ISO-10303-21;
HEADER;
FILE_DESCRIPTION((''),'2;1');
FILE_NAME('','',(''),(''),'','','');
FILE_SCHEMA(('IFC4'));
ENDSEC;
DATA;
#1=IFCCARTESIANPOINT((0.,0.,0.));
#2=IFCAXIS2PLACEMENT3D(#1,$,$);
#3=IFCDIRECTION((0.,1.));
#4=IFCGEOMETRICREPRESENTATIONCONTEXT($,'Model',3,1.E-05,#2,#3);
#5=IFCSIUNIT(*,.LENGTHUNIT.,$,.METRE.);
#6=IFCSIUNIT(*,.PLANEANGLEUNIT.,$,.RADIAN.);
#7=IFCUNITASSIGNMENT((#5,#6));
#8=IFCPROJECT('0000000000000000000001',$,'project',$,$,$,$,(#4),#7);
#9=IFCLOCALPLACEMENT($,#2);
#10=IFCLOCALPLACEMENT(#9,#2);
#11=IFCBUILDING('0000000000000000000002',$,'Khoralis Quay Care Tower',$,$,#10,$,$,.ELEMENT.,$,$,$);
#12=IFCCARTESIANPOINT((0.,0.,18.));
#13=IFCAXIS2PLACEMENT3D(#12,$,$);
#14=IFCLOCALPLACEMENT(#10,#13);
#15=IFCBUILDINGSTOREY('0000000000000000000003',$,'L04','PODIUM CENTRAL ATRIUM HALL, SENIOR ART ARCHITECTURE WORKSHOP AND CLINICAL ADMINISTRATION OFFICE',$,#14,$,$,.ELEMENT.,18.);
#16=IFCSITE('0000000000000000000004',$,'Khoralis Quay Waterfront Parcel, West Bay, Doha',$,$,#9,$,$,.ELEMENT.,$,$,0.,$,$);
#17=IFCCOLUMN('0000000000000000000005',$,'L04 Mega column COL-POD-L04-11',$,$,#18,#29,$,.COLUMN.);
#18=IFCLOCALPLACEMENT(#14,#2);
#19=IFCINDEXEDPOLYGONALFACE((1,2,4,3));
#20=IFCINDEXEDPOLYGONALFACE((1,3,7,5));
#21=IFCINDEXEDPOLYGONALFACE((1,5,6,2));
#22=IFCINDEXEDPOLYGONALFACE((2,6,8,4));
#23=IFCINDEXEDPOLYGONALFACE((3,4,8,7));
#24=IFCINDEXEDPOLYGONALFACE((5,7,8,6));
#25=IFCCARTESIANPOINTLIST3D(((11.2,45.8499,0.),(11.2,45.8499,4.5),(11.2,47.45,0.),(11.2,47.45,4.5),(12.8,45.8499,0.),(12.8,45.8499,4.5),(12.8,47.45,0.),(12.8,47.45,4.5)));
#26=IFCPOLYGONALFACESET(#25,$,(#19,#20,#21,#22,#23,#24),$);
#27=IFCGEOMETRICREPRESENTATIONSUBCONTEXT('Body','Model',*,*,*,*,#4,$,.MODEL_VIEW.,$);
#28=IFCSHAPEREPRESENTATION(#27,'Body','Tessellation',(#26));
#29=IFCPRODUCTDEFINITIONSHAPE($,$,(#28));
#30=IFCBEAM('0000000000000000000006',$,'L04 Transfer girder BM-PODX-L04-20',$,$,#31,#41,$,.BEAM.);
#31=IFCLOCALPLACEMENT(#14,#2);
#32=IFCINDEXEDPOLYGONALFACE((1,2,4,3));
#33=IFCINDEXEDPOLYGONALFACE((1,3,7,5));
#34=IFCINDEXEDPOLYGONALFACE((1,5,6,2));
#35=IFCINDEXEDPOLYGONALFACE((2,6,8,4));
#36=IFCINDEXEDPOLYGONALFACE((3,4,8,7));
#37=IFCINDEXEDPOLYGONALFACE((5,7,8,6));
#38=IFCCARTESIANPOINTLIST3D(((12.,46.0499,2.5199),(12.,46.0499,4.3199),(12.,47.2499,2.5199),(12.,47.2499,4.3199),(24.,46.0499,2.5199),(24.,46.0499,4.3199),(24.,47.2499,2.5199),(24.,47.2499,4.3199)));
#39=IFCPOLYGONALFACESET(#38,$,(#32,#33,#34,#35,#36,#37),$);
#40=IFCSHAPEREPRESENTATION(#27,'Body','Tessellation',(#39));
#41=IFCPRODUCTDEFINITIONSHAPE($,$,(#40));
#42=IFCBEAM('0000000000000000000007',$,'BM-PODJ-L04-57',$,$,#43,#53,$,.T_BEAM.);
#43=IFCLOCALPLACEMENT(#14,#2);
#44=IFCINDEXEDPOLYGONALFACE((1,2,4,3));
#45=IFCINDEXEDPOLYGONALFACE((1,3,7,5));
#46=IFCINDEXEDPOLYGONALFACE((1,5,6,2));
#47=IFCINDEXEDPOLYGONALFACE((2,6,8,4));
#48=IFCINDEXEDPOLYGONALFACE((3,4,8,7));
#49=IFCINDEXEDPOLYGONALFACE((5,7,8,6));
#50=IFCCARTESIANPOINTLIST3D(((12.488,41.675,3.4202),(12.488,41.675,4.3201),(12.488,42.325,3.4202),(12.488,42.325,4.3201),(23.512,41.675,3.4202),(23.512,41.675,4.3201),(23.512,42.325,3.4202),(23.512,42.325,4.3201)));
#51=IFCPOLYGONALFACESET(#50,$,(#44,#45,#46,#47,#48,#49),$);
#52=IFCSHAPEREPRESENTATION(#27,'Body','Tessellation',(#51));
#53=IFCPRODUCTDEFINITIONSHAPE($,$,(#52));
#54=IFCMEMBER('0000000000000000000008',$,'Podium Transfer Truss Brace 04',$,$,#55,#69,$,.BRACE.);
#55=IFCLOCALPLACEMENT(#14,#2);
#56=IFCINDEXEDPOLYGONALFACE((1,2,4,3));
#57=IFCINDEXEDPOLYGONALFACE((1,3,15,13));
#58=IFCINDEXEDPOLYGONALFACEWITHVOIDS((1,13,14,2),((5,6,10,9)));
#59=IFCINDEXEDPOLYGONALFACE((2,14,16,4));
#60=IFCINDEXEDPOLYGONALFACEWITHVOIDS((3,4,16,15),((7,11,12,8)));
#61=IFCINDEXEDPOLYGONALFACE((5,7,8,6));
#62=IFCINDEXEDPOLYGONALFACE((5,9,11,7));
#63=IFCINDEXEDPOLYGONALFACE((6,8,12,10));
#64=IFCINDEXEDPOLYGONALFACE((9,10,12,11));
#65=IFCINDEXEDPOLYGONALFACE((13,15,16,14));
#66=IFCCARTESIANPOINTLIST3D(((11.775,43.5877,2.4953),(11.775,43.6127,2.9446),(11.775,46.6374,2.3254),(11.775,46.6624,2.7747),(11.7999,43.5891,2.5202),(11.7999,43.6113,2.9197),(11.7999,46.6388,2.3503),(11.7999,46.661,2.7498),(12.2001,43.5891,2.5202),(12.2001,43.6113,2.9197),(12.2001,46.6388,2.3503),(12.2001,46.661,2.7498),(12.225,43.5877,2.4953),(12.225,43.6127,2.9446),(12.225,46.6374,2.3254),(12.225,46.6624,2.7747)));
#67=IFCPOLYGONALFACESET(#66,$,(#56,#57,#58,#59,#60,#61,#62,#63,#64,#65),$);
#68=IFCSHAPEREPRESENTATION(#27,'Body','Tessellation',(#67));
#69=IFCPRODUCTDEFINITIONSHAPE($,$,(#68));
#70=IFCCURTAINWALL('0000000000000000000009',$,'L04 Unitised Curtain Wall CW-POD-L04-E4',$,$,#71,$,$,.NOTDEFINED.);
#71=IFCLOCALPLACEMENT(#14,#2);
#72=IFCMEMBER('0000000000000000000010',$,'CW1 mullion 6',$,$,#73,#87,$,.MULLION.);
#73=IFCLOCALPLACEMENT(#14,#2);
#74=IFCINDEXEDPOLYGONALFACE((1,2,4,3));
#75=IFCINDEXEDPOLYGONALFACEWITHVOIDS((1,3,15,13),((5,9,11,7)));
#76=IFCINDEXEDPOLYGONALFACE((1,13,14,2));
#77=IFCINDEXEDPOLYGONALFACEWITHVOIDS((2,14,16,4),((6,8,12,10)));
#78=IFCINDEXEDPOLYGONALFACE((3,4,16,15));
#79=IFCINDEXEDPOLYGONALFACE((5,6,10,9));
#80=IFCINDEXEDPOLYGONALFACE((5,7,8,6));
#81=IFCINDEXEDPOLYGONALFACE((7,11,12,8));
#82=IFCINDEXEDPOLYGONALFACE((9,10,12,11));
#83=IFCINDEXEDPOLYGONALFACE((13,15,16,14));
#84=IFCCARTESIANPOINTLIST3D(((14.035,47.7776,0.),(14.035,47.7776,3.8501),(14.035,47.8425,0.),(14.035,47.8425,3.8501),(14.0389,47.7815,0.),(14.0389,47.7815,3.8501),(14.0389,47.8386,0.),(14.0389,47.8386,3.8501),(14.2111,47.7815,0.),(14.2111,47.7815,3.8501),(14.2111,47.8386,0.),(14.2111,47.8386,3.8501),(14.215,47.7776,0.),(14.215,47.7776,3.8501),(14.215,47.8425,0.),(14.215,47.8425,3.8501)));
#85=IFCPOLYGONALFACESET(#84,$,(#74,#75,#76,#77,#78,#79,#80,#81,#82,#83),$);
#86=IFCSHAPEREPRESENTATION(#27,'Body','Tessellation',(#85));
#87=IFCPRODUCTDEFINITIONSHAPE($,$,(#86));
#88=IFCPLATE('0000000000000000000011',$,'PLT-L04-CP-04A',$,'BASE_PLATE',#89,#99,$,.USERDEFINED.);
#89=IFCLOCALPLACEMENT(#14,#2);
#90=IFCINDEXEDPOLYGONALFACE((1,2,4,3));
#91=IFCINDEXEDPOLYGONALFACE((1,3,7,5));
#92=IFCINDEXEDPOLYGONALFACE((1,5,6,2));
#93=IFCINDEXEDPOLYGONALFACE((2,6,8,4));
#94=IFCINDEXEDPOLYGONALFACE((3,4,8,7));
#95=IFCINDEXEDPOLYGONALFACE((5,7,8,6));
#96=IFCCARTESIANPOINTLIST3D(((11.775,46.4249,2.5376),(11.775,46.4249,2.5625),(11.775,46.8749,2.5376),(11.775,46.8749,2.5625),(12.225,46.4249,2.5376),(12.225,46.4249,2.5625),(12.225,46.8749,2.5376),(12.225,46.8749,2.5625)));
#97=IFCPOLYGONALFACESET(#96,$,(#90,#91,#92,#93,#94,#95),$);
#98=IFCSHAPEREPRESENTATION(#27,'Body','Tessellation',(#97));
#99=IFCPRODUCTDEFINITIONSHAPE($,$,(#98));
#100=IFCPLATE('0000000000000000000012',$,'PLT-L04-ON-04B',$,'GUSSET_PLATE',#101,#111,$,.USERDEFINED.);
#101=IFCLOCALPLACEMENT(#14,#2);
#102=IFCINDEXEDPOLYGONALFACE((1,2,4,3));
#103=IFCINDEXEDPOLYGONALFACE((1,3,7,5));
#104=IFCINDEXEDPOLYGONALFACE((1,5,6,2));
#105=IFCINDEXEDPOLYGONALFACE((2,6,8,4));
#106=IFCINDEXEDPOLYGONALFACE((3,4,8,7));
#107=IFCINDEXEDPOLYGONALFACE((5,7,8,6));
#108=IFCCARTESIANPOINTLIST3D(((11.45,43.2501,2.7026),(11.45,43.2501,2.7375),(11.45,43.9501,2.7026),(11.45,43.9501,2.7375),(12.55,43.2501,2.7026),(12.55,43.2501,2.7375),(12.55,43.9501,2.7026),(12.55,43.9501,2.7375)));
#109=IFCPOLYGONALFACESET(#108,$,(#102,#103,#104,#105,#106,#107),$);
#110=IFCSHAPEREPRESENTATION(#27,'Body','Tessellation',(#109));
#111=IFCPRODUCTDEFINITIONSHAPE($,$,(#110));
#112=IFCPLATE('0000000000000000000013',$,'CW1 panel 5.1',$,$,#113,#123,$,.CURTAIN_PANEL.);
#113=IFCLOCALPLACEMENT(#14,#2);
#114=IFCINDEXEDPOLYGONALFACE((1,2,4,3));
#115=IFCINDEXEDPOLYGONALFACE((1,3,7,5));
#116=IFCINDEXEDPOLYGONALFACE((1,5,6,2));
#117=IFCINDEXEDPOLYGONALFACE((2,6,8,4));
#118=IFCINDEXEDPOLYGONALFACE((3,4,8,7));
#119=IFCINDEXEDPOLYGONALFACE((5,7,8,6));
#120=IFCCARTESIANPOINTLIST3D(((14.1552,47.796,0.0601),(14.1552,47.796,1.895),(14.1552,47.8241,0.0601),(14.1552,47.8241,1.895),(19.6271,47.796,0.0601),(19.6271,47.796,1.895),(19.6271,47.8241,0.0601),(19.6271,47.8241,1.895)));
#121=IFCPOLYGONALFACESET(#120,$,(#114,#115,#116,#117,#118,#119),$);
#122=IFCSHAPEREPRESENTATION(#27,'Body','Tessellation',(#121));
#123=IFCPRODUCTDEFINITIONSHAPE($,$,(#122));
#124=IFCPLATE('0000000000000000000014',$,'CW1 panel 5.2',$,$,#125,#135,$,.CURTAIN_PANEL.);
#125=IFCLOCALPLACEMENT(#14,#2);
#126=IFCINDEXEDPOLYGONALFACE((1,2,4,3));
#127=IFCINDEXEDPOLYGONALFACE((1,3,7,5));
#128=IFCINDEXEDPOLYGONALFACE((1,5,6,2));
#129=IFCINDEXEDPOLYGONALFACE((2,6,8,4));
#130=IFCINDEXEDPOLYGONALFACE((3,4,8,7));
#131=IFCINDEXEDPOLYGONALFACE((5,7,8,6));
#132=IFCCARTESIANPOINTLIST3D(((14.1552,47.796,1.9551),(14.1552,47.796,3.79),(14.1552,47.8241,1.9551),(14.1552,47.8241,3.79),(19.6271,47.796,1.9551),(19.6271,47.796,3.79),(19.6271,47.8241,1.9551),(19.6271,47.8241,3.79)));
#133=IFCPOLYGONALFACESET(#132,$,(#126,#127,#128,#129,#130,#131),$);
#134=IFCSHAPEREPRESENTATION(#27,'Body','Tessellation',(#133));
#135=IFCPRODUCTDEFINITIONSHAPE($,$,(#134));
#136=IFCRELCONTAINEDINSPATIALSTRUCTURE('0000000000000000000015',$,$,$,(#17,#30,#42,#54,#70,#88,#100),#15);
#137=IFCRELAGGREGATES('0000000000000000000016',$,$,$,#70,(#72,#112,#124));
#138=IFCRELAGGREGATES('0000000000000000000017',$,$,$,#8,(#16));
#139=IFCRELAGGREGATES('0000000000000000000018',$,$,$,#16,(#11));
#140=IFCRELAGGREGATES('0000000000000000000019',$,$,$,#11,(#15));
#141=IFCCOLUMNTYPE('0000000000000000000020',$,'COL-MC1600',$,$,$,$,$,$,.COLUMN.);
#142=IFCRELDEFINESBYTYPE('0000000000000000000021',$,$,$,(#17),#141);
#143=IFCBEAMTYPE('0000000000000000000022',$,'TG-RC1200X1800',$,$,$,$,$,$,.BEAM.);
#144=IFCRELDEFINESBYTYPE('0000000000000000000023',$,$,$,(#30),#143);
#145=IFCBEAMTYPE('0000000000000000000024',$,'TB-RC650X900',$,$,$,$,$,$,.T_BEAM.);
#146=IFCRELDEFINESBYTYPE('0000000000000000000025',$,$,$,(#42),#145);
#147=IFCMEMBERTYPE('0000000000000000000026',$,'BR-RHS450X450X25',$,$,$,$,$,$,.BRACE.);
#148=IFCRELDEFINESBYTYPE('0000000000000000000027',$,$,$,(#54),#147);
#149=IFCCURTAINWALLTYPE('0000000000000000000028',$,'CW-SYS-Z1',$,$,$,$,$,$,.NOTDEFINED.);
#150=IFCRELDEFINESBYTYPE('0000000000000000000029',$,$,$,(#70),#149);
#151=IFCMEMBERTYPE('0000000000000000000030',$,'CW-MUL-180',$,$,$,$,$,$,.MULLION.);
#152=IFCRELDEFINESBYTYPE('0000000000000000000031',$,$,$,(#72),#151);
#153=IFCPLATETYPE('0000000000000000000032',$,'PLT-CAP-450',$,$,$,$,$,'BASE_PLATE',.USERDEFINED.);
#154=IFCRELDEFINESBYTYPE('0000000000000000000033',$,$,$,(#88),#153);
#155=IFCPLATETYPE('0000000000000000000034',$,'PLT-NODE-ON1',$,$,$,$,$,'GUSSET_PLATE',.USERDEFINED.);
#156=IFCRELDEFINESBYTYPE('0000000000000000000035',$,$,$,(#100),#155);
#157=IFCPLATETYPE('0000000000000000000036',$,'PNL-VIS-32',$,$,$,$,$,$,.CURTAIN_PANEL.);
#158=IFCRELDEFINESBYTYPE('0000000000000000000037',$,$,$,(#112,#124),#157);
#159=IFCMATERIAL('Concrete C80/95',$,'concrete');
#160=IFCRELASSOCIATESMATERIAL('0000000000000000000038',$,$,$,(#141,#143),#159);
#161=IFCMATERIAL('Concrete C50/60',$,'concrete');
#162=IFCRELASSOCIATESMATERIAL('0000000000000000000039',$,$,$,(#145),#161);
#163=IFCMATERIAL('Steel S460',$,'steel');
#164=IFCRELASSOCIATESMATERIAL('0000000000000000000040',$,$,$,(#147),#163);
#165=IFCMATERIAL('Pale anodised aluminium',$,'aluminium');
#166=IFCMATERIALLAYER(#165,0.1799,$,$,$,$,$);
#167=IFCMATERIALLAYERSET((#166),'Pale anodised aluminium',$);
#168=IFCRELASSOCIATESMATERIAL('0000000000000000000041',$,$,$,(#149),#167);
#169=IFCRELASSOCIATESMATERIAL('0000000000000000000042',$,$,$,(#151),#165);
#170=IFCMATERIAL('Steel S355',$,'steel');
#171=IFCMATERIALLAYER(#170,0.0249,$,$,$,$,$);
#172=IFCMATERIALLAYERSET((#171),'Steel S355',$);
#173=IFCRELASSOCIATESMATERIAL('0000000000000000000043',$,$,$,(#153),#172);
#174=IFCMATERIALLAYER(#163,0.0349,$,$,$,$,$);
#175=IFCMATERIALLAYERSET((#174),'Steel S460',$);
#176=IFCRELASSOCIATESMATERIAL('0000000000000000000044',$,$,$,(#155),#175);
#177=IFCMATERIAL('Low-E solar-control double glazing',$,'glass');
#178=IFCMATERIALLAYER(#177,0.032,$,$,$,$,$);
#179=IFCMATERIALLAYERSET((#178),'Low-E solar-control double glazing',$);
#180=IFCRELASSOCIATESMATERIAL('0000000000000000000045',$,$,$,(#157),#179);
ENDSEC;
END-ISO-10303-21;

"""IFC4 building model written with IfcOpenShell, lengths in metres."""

from ifc_helpers import new_model, si_unit, direction, frame, origin, origin_2d, place, context, subcontext, project, spatial, rectangle, hollow_rectangle, extrude, source, transform, mapped, material, layer, layer_set, material_profile, profile_set, type_object, element, aggregate, save


model = new_model("IFC4")

# Units and contexts
model_context = context("Model", 3, precision=1e-05, world=origin(), true_north=direction((0.0, 1.0)))
body_context = subcontext(model_context, "Body", "Model", "MODEL_VIEW")
ifc_project = project(units=[si_unit("LENGTHUNIT", "METRE"), si_unit("PLANEANGLEUNIT", "RADIAN")], contexts=[model_context])

# Site, building, storey
site_placement = place(None, origin())
site = spatial("IfcSite", under=ifc_project, at=site_placement, Name="Khoralis Quay Waterfront Parcel, West Bay, Doha", CompositionType="ELEMENT", RefElevation=0.0)
building_placement = place(site_placement, origin())
building = spatial("IfcBuilding", under=site, at=building_placement, Name="Khoralis Quay Care Tower", CompositionType="ELEMENT")
storey_placement = place(building_placement, frame((0.0, 0.0, 18.0)))
storey = spatial("IfcBuildingStorey", under=building, at=storey_placement, Name="L04", Description="PODIUM CENTRAL ATRIUM HALL, SENIOR ART ARCHITECTURE WORKSHOP AND CLINICAL ADMINISTRATION OFFICE", CompositionType="ELEMENT", Elevation=18.0)

# Column
ifc_material_1 = material(Name="Concrete C80/95", Category="concrete")
ifc_material_profile_1 = material_profile(ifc_material_1, rectangle(XDim=1.6001, YDim=1.6001, at=origin_2d()), Name="Concrete C80/95")
ifc_profile_set_1 = profile_set([ifc_material_profile_1], Name="Concrete C80/95")
column_type = type_object("IfcColumnType", Name="COL-MC1600", PredefinedType="COLUMN", material=ifc_profile_set_1)
shared_shape_1 = source(origin(), body_context, "Body", "SweptSolid", [
    extrude(rectangle(XDim=1.6001, YDim=1.6001, at=origin_2d()), origin(), (0.0, 0.0, 1.0), 4.5),
])
column_placement = place(storey_placement, frame((12.0, 46.6499, 0.0), z_axis=(0.0, 0.0, 1.0), x_axis=(1.0, 0.0, 0.0)))
element("IfcColumn", 1, at=column_placement, inside=storey, type_object=column_type, Name="L04 Mega column COL-POD-L04-11", PredefinedType="COLUMN", context=body_context, shape_type="MappedRepresentation", body=[
    mapped(shared_shape_1, transform((0.0, 0.0, 0.0), scale=1.0)),
])

# Beams
ifc_material_profile_2 = material_profile(ifc_material_1, rectangle(XDim=1.2, YDim=1.8, at=origin_2d()), Name="Concrete C80/95")
ifc_profile_set_2 = profile_set([ifc_material_profile_2], Name="Concrete C80/95")
beam_type_1 = type_object("IfcBeamType", Name="TG-RC1200X1800", PredefinedType="BEAM", material=ifc_profile_set_2)
shared_shape_2 = source(origin(), body_context, "Body", "SweptSolid", [
    extrude(rectangle(XDim=1.2, YDim=1.8, at=origin_2d()), origin(), (0.0, 0.0, 1.0), 12.0),
])
beam_1_placement = place(storey_placement, frame((12.0, 46.6499, 3.4199), z_axis=(1.0, 0.0, 0.0), x_axis=(0.0, 1.0, 0.0)))
element("IfcBeam", 2, at=beam_1_placement, inside=storey, type_object=beam_type_1, Name="L04 Transfer girder BM-PODX-L04-20", PredefinedType="BEAM", context=body_context, shape_type="MappedRepresentation", body=[
    mapped(shared_shape_2, transform((0.0, 0.0, 0.0), scale=1.0)),
])
ifc_material_2 = material(Name="Concrete C50/60", Category="concrete")
ifc_material_profile_3 = material_profile(ifc_material_2, rectangle(XDim=0.6499, YDim=0.8999, at=origin_2d()), Name="Concrete C50/60")
ifc_profile_set_3 = profile_set([ifc_material_profile_3], Name="Concrete C50/60")
beam_type_2 = type_object("IfcBeamType", Name="TB-RC650X900", PredefinedType="T_BEAM", material=ifc_profile_set_3)
shared_shape_3 = source(origin(), body_context, "Body", "SweptSolid", [
    extrude(rectangle(XDim=0.6499, YDim=0.8999, at=origin_2d()), origin(), (0.0, 0.0, 1.0), 11.0239),
])
beam_2_placement = place(storey_placement, frame((12.488, 42.0, 3.8701), z_axis=(1.0, 0.0, 0.0), x_axis=(0.0, 1.0, 0.0)))
element("IfcBeam", 3, at=beam_2_placement, inside=storey, type_object=beam_type_2, Name="BM-PODJ-L04-57", PredefinedType="T_BEAM", context=body_context, shape_type="MappedRepresentation", body=[
    mapped(shared_shape_3, transform((0.0, 0.0, 0.0), scale=1.0)),
])

# Member
ifc_material_3 = material(Name="Steel S460", Category="steel")
ifc_material_profile_4 = material_profile(ifc_material_3, hollow_rectangle(XDim=0.45, YDim=0.45, WallThickness=0.0249, at=origin_2d()), Name="Steel S460")
ifc_profile_set_4 = profile_set([ifc_material_profile_4], Name="Steel S460")
member_type_1 = type_object("IfcMemberType", Name="BR-RHS450X450X25", PredefinedType="BRACE", material=ifc_profile_set_4)
shared_shape_4 = source(origin(), body_context, "Body", "SweptSolid", [
    extrude(hollow_rectangle(XDim=0.45, YDim=0.45, WallThickness=0.0249, at=origin_2d()), origin(), (0.0, 0.0, 1.0), 3.0544),
])
member_1_placement = place(storey_placement, frame((12.0, 46.6499, 2.55), z_axis=(0.0, -0.998451, 0.055629), x_axis=(1.0, 0.0, 0.0)))
element("IfcMember", 4, at=member_1_placement, inside=storey, type_object=member_type_1, Name="Podium Transfer Truss Brace 04", PredefinedType="BRACE", context=body_context, shape_type="MappedRepresentation", body=[
    mapped(shared_shape_4, transform((0.0, 0.0, 0.0), scale=1.0)),
])

# Curtain wall, member
ifc_material_4 = material(Name="Pale anodised aluminium", Category="aluminium")
ifc_layer_1 = layer(ifc_material_4, 0.1799)
ifc_layer_set_1 = layer_set([ifc_layer_1], Name="Pale anodised aluminium")
curtain_wall_type = type_object("IfcCurtainWallType", Name="CW-SYS-Z1", PredefinedType="NOTDEFINED", material=ifc_layer_set_1)
curtain_wall_placement = place(storey_placement, origin())
curtain_wall = element("IfcCurtainWall", 5, at=curtain_wall_placement, inside=storey, type_object=curtain_wall_type, Name="L04 Unitised Curtain Wall CW-POD-L04-E4", PredefinedType="NOTDEFINED")
ifc_material_profile_5 = material_profile(ifc_material_4, hollow_rectangle(XDim=0.0649, YDim=0.1799, WallThickness=0.0039, at=origin_2d()), Name="Pale anodised aluminium")
ifc_profile_set_5 = profile_set([ifc_material_profile_5], Name="Pale anodised aluminium")
member_type_2 = type_object("IfcMemberType", Name="CW-MUL-180", PredefinedType="MULLION", material=ifc_profile_set_5)
shared_shape_5 = source(origin(), body_context, "Body", "SweptSolid", [
    extrude(hollow_rectangle(XDim=0.0649, YDim=0.1799, WallThickness=0.0039, at=origin_2d()), origin(), (0.0, 0.0, 1.0), 3.8501),
])
member_2_placement = place(storey_placement, frame((14.125, 47.8101, 0.0), z_axis=(0.0, 0.0, 1.0), x_axis=(0.0, -1.0, 0.0)))
member_2 = element("IfcMember", 6, at=member_2_placement, type_object=member_type_2, Name="CW1 mullion 6", PredefinedType="MULLION", context=body_context, shape_type="MappedRepresentation", body=[
    mapped(shared_shape_5, transform((0.0, 0.0, 0.0), scale=1.0)),
])

# Plates
ifc_material_5 = material(Name="Steel S355", Category="steel")
ifc_layer_2 = layer(ifc_material_5, 0.0249)
ifc_layer_set_2 = layer_set([ifc_layer_2], Name="Steel S355")
plate_type_1 = type_object("IfcPlateType", Name="PLT-CAP-450", ElementType="BASE_PLATE", PredefinedType="USERDEFINED", material=ifc_layer_set_2)
shared_shape_6 = source(origin(), body_context, "Body", "SweptSolid", [
    extrude(rectangle(XDim=0.45, YDim=0.45, at=origin_2d()), origin(), (0.0, 0.0, 1.0), 0.0249),
])
plate_1_placement = place(storey_placement, frame((12.0, 46.6499, 2.5376), z_axis=(0.0, 0.0, 1.0), x_axis=(1.0, 0.0, 0.0)))
element("IfcPlate", 7, at=plate_1_placement, inside=storey, type_object=plate_type_1, Name="PLT-L04-CP-04A", ObjectType="BASE_PLATE", PredefinedType="USERDEFINED", context=body_context, shape_type="MappedRepresentation", body=[
    mapped(shared_shape_6, transform((0.0, 0.0, 0.0), scale=1.0)),
])
ifc_layer_3 = layer(ifc_material_3, 0.0349)
ifc_layer_set_3 = layer_set([ifc_layer_3], Name="Steel S460")
plate_type_2 = type_object("IfcPlateType", Name="PLT-NODE-ON1", ElementType="GUSSET_PLATE", PredefinedType="USERDEFINED", material=ifc_layer_set_3)
shared_shape_7 = source(origin(), body_context, "Body", "SweptSolid", [
    extrude(rectangle(XDim=1.1001, YDim=0.7, at=origin_2d()), origin(), (0.0, 0.0, 1.0), 0.0349),
])
plate_2_placement = place(storey_placement, frame((12.0, 43.6001, 2.7026), z_axis=(0.0, 0.0, 1.0), x_axis=(1.0, 0.0, 0.0)))
element("IfcPlate", 8, at=plate_2_placement, inside=storey, type_object=plate_type_2, Name="PLT-L04-ON-04B", ObjectType="GUSSET_PLATE", PredefinedType="USERDEFINED", context=body_context, shape_type="MappedRepresentation", body=[
    mapped(shared_shape_7, transform((0.0, 0.0, 0.0), scale=1.0)),
])

# Plates
ifc_material_6 = material(Name="Low-E solar-control double glazing", Category="glass")
ifc_layer_4 = layer(ifc_material_6, 0.032)
ifc_layer_set_4 = layer_set([ifc_layer_4], Name="Low-E solar-control double glazing")
plate_type_3 = type_object("IfcPlateType", Name="PNL-VIS-32", PredefinedType="CURTAIN_PANEL", material=ifc_layer_set_4)
shared_shape_8 = source(origin(), body_context, "Body", "SweptSolid", [
    extrude(rectangle(XDim=5.4719, YDim=0.0281, at=origin_2d()), origin(), (0.0, 0.0, 1.0), 1.835),
])
plate_3_placement = place(storey_placement, frame((16.8911, 47.8101, 0.0601), z_axis=(0.0, 0.0, 1.0), x_axis=(-1.0, 0.0, 0.0)))
plate_3 = element("IfcPlate", 9, at=plate_3_placement, type_object=plate_type_3, Name="CW1 panel 5.1", PredefinedType="CURTAIN_PANEL", context=body_context, shape_type="MappedRepresentation", body=[
    mapped(shared_shape_8, transform((0.0, 0.0, 0.0), scale=1.0)),
])
plate_4_placement = place(storey_placement, frame((16.8911, 47.8101, 1.9551), z_axis=(0.0, 0.0, 1.0), x_axis=(-1.0, 0.0, 0.0)))
plate_4 = element("IfcPlate", 10, at=plate_4_placement, type_object=plate_type_3, Name="CW1 panel 5.2", PredefinedType="CURTAIN_PANEL", context=body_context, shape_type="MappedRepresentation", body=[
    mapped(shared_shape_8, transform((0.0, 0.0, 0.0), scale=1.0)),
])
aggregate(curtain_wall, [member_2, plate_3, plate_4])

save(model, "model.ifc")
